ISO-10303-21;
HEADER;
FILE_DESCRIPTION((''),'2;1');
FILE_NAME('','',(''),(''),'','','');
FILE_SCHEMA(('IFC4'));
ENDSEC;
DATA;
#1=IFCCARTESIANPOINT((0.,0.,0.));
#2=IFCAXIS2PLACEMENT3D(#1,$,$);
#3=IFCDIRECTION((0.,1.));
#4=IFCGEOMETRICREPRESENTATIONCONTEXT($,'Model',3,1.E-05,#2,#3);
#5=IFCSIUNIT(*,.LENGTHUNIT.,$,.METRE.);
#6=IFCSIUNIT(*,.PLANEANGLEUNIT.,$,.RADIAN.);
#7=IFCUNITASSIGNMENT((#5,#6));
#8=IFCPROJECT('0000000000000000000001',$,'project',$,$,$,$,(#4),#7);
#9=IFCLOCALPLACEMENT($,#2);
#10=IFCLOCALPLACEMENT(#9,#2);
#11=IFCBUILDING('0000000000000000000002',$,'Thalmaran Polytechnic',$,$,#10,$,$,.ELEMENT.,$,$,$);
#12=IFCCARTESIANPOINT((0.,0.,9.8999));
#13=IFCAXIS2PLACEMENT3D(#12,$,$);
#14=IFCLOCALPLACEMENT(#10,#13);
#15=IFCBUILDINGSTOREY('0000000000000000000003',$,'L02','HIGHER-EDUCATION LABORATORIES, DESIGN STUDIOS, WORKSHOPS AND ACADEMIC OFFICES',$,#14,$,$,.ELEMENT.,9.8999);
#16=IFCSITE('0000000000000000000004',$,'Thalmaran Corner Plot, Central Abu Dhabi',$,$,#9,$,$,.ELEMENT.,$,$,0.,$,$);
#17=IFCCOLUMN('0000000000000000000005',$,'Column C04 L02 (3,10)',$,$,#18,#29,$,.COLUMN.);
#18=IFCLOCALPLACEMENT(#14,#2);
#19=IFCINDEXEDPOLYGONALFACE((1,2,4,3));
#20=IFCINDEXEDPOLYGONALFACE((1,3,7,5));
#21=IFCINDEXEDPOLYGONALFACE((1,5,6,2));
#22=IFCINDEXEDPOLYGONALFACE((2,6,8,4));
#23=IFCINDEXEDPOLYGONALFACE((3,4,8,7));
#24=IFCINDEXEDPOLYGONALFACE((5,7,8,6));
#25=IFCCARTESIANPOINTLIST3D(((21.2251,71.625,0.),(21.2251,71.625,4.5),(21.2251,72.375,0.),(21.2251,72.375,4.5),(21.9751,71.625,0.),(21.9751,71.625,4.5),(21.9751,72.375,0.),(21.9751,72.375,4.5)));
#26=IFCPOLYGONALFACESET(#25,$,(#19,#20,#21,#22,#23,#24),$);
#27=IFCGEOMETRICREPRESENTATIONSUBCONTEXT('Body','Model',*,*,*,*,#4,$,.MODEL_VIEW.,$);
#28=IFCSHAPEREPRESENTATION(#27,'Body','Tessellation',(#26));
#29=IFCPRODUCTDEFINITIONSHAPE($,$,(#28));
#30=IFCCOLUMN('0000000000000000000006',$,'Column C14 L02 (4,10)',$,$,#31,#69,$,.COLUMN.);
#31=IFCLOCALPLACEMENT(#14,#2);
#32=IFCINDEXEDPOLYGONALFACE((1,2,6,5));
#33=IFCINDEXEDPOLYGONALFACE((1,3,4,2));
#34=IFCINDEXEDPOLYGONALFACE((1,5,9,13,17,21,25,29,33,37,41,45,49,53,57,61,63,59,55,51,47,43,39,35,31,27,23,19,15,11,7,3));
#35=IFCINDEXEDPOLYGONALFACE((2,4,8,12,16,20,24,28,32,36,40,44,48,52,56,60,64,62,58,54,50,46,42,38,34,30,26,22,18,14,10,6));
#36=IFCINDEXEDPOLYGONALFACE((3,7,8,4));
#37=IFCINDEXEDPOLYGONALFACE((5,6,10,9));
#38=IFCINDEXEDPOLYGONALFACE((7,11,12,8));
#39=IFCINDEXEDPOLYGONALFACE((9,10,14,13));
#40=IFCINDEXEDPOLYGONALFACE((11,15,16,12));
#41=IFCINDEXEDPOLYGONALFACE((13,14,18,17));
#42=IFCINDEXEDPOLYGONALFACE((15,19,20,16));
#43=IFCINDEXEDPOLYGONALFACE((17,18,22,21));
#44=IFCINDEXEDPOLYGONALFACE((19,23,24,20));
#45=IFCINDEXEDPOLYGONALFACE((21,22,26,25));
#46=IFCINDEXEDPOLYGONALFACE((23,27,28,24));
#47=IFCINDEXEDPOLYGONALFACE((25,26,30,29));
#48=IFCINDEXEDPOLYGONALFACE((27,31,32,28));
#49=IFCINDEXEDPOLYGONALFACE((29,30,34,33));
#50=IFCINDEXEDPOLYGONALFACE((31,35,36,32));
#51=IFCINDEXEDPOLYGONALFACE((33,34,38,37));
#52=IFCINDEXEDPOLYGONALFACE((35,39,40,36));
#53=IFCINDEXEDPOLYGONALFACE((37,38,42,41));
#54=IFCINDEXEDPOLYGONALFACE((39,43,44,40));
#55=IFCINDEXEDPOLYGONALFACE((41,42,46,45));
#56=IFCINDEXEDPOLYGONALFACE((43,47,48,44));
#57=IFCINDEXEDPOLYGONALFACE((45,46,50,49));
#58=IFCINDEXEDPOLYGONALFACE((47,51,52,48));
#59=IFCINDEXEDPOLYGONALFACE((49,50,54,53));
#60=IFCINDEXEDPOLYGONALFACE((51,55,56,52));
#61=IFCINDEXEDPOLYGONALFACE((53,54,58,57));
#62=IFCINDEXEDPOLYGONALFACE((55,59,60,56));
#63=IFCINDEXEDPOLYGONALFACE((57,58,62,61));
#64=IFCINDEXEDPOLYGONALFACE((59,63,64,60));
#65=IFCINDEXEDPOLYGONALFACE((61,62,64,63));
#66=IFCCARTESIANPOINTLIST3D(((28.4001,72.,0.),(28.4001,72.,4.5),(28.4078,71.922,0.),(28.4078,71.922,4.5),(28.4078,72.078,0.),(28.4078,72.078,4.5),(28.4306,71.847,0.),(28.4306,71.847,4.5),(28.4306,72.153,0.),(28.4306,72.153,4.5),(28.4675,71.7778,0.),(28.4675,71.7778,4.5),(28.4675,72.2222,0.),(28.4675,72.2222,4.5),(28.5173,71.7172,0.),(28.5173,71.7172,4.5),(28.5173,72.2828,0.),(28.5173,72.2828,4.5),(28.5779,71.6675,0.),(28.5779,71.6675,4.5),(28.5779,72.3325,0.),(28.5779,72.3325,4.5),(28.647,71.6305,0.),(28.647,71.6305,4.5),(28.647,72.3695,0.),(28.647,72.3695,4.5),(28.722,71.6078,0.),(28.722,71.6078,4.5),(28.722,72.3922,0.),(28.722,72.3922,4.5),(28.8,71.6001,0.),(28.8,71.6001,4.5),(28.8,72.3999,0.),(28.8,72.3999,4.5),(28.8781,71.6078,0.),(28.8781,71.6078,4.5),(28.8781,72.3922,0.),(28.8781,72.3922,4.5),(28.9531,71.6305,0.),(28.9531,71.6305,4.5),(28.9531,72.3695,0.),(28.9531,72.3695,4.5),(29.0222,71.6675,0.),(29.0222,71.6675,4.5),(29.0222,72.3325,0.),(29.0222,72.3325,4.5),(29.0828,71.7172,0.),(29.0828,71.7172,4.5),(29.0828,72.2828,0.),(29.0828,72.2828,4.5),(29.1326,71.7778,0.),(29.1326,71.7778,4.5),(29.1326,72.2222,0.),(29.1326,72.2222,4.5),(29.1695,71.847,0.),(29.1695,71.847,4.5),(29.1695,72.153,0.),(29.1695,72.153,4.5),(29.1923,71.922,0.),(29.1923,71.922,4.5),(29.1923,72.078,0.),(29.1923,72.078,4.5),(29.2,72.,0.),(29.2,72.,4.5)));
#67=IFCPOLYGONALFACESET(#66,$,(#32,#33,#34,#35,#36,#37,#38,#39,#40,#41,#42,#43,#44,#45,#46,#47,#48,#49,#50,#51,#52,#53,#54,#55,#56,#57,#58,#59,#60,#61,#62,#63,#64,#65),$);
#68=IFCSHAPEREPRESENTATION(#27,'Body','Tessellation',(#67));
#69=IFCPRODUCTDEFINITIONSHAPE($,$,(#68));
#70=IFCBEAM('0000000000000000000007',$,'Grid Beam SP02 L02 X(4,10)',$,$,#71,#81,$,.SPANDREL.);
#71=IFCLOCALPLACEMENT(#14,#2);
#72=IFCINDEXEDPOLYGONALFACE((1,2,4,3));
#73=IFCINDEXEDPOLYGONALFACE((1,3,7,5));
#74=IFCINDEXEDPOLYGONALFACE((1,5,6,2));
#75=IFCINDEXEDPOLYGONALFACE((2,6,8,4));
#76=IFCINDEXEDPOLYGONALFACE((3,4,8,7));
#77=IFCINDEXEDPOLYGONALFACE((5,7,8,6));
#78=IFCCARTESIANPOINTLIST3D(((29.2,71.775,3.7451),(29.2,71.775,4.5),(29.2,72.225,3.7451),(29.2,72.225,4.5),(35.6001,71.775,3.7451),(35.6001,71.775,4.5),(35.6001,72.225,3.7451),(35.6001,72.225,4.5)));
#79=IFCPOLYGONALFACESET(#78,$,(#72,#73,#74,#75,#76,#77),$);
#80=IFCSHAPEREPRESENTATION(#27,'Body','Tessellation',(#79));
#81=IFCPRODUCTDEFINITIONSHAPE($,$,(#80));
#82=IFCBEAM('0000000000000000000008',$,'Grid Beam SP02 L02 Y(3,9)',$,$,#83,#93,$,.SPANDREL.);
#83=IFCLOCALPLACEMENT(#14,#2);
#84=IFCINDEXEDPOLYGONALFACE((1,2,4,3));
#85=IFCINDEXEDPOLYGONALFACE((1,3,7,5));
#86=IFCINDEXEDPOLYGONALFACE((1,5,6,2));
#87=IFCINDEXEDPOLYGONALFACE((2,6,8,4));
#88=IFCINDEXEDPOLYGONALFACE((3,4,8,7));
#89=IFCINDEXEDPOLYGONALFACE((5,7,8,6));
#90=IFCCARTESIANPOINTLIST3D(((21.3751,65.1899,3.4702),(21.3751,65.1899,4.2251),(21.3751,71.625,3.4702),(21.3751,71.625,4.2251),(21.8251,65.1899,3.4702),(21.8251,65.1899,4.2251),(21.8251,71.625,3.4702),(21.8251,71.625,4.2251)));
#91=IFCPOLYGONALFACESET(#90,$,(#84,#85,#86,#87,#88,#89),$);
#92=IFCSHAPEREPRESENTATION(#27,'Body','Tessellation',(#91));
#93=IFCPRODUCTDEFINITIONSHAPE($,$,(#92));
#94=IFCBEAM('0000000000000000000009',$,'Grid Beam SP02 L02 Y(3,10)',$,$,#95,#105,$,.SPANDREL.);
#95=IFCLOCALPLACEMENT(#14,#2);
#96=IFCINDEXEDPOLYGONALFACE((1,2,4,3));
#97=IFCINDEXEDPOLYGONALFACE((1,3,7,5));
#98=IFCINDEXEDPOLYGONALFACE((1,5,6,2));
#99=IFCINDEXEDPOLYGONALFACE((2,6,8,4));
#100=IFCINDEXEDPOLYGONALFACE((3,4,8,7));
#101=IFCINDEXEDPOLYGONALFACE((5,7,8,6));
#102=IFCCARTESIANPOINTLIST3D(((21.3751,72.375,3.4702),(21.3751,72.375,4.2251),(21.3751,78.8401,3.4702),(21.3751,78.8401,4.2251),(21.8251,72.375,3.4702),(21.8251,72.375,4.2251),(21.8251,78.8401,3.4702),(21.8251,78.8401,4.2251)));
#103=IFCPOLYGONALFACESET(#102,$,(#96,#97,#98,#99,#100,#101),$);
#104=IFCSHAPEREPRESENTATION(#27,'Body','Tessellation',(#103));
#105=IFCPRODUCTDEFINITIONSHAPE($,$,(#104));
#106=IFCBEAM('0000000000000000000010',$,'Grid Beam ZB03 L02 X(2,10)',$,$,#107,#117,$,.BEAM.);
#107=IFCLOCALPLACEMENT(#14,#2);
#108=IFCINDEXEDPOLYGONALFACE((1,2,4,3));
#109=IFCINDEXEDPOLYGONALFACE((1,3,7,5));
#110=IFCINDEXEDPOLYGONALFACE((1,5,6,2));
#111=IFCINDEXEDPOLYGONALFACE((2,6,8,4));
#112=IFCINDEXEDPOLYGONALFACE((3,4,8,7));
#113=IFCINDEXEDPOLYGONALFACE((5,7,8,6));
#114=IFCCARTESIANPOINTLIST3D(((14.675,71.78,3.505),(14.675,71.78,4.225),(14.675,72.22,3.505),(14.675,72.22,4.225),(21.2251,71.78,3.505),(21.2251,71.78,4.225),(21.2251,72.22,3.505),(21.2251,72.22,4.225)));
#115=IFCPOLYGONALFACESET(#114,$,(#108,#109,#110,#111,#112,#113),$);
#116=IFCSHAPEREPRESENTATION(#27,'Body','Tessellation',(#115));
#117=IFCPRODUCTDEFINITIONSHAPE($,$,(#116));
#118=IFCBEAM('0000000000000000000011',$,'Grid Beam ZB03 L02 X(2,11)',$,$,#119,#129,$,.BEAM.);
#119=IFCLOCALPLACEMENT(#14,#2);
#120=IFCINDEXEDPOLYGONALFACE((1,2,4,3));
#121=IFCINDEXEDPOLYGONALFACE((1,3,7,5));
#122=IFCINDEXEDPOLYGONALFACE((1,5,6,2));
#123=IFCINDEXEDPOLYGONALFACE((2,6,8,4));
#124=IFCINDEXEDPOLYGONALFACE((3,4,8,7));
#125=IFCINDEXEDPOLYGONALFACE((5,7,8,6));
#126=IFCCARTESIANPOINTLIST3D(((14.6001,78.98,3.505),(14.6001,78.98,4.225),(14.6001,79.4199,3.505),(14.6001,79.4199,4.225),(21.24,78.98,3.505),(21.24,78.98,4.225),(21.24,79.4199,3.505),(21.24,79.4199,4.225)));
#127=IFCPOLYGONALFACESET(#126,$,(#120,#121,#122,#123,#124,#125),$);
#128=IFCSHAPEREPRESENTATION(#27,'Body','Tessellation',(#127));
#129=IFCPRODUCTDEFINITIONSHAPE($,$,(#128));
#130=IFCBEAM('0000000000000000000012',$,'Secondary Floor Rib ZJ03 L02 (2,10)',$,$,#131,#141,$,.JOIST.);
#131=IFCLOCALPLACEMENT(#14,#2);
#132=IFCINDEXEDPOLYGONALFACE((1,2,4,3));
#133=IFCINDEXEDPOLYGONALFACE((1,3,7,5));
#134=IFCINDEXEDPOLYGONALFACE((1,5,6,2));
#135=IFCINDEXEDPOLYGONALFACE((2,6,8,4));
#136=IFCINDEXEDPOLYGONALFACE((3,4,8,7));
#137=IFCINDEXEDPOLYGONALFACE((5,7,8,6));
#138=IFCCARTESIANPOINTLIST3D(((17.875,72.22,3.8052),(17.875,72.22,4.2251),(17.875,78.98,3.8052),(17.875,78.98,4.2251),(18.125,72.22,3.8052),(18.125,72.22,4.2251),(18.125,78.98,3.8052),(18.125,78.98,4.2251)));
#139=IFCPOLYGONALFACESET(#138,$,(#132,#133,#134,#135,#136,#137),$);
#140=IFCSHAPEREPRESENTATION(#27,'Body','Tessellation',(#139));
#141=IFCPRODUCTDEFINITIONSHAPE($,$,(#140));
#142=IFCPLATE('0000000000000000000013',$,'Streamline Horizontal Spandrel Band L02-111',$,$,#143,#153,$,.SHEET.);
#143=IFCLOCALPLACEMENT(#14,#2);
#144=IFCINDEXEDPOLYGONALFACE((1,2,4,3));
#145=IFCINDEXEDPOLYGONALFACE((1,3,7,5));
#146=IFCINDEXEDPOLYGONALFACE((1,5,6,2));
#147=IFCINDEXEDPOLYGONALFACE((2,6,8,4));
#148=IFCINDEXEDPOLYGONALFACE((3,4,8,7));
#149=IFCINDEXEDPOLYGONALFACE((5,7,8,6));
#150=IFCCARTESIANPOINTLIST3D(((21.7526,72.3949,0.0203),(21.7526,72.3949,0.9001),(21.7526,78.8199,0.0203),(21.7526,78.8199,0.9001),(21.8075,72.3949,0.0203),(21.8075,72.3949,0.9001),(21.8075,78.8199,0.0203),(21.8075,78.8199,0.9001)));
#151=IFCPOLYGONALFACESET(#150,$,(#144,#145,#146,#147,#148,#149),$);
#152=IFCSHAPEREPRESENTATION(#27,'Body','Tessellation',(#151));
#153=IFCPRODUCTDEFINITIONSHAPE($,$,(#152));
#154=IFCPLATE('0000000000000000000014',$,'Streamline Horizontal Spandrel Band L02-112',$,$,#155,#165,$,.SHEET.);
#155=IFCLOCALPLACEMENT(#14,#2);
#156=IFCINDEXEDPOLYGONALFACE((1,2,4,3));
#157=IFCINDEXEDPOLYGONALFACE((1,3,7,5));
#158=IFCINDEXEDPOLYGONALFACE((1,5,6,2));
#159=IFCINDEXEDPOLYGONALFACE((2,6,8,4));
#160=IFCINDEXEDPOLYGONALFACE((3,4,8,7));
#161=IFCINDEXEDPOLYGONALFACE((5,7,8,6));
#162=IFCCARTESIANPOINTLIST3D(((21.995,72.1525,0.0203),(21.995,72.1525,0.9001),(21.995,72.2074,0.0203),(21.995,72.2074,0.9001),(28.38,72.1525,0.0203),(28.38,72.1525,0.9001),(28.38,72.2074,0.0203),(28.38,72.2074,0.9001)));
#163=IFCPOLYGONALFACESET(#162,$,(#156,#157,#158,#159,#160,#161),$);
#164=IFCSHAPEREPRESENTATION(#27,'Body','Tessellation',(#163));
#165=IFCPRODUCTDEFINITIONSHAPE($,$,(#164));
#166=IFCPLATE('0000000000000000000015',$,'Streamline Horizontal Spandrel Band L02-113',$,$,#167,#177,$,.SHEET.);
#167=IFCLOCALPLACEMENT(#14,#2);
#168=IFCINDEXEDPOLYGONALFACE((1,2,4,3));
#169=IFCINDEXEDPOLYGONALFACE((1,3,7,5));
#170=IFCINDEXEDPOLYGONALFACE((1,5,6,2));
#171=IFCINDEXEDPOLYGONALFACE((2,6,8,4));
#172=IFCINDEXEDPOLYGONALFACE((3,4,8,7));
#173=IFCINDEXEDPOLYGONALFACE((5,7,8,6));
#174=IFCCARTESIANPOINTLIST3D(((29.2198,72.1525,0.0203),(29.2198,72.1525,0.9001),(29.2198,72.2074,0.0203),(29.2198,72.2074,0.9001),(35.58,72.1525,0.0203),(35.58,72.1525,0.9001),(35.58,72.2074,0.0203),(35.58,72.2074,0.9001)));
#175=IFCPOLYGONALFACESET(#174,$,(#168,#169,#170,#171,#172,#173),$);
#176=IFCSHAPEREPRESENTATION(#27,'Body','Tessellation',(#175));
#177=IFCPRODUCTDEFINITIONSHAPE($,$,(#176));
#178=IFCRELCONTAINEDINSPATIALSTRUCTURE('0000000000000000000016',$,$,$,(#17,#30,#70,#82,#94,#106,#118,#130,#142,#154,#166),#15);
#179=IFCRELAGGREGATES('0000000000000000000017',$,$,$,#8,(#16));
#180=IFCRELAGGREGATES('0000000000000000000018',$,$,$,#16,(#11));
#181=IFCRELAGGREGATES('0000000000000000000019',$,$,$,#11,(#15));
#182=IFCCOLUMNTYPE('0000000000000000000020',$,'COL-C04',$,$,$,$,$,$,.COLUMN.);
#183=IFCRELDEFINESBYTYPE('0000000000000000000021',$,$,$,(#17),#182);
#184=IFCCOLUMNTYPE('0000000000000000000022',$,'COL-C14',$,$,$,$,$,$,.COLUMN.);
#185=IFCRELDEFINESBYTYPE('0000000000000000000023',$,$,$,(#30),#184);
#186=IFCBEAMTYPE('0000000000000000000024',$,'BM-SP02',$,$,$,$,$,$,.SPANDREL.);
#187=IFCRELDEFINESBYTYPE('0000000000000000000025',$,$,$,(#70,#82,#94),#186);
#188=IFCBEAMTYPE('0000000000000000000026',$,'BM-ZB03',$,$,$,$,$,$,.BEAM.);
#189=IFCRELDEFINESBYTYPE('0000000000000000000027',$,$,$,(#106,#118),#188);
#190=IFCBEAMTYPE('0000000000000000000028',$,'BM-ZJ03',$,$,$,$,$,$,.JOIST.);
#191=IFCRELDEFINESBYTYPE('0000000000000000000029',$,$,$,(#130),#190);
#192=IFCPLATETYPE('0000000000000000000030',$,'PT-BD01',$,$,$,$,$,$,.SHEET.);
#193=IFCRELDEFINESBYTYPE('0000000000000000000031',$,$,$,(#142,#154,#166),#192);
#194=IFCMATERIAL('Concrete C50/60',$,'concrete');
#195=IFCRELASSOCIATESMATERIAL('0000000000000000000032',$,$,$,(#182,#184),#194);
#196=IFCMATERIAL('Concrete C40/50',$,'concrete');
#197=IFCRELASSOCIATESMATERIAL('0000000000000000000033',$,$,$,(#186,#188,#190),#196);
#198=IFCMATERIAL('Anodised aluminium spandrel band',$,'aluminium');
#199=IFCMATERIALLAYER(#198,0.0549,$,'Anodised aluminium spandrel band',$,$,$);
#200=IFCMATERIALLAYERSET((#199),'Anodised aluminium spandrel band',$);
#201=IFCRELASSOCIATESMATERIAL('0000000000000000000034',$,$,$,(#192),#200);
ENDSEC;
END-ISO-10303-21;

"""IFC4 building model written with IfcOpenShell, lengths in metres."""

from ifc_helpers import new_model, si_unit, direction, frame, origin, origin_2d, place, context, subcontext, project, spatial, rectangle, circle, extrude, material, layer, layer_set, material_profile, profile_set, type_object, element, save


model = new_model("IFC4")

# Units and contexts
model_context = context("Model", 3, precision=1e-05, world=origin(), true_north=direction((0.0, 1.0)))
body_context = subcontext(model_context, "Body", "Model", "MODEL_VIEW")
ifc_project = project(units=[si_unit("LENGTHUNIT", "METRE"), si_unit("PLANEANGLEUNIT", "RADIAN")], contexts=[model_context])

# Site, building, storey
site_placement = place(None, origin())
site = spatial("IfcSite", under=ifc_project, at=site_placement, Name="Thalmaran Corner Plot, Central Abu Dhabi", CompositionType="ELEMENT", RefElevation=0.0)
building_placement = place(site_placement, origin())
building = spatial("IfcBuilding", under=site, at=building_placement, Name="Thalmaran Polytechnic", CompositionType="ELEMENT")
storey_placement = place(building_placement, frame((0.0, 0.0, 9.8999)))
storey = spatial("IfcBuildingStorey", under=building, at=storey_placement, Name="L02", Description="HIGHER-EDUCATION LABORATORIES, DESIGN STUDIOS, WORKSHOPS AND ACADEMIC OFFICES", CompositionType="ELEMENT", Elevation=9.8999)

# Columns
ifc_material_1 = material(Name="Concrete C50/60", Category="concrete")
ifc_material_profile_1 = material_profile(ifc_material_1, rectangle(XDim=0.75, YDim=0.75, at=origin_2d()), Name="RC 750x750")
ifc_profile_set_1 = profile_set([ifc_material_profile_1], Name="Concrete C50/60")
column_type_1 = type_object("IfcColumnType", Name="COL-C04", PredefinedType="COLUMN", material=ifc_profile_set_1)
column_1_placement = place(storey_placement, frame((21.6001, 72.0, 0.0), z_axis=(0.0, 0.0, 1.0), x_axis=(1.0, 0.0, 0.0)))
element("IfcColumn", 1, at=column_1_placement, inside=storey, type_object=column_type_1, Name="Column C04 L02 (3,10)", PredefinedType="COLUMN", context=body_context, shape_type="SweptSolid", body=[
    extrude(rectangle(XDim=0.75, YDim=0.75, at=origin_2d()), origin(), (0.0, 0.0, 1.0), 4.5),
])
ifc_material_profile_2 = material_profile(ifc_material_1, circle(Radius=0.3999, at=origin_2d()), Name="RC 800 DIA")
ifc_profile_set_2 = profile_set([ifc_material_profile_2], Name="Concrete C50/60")
column_type_2 = type_object("IfcColumnType", Name="COL-C14", PredefinedType="COLUMN", material=ifc_profile_set_2)
column_2_placement = place(storey_placement, frame((28.8, 72.0, 0.0), z_axis=(0.0, 0.0, 1.0), x_axis=(1.0, 0.0, 0.0)))
element("IfcColumn", 2, at=column_2_placement, inside=storey, type_object=column_type_2, Name="Column C14 L02 (4,10)", PredefinedType="COLUMN", context=body_context, shape_type="SweptSolid", body=[
    extrude(circle(Radius=0.3999, at=origin_2d()), origin(), (0.0, 0.0, 1.0), 4.5),
])

# Beams
ifc_material_2 = material(Name="Concrete C40/50", Category="concrete")
ifc_material_profile_3 = material_profile(ifc_material_2, rectangle(XDim=0.45, YDim=0.7549, at=origin_2d()), Name="RC 450x755")
ifc_profile_set_3 = profile_set([ifc_material_profile_3], Name="Concrete C40/50")
beam_type_1 = type_object("IfcBeamType", Name="BM-SP02", PredefinedType="SPANDREL", material=ifc_profile_set_3)
beam_1_placement = place(storey_placement, frame((29.2, 72.0, 4.1226), z_axis=(1.0, 0.0, 0.0), x_axis=(0.0, 1.0, 0.0)))
element("IfcBeam", 3, at=beam_1_placement, inside=storey, type_object=beam_type_1, Name="Grid Beam SP02 L02 X(4,10)", PredefinedType="SPANDREL", context=body_context, shape_type="SweptSolid", body=[
    extrude(rectangle(XDim=0.45, YDim=0.7549, at=origin_2d()), origin(), (0.0, 0.0, 1.0), 6.4001),
])
beam_2_placement = place(storey_placement, frame((21.6001, 65.1899, 3.8477), z_axis=(0.0, 1.0, 0.0), x_axis=(-1.0, 0.0, 0.0)))
element("IfcBeam", 4, at=beam_2_placement, inside=storey, type_object=beam_type_1, Name="Grid Beam SP02 L02 Y(3,9)", PredefinedType="SPANDREL", context=body_context, shape_type="SweptSolid", body=[
    extrude(rectangle(XDim=0.45, YDim=0.7549, at=origin_2d()), origin(), (0.0, 0.0, 1.0), 6.4351),
])
beam_3_placement = place(storey_placement, frame((21.6001, 72.375, 3.8477), z_axis=(0.0, 1.0, 0.0), x_axis=(-1.0, 0.0, 0.0)))
element("IfcBeam", 5, at=beam_3_placement, inside=storey, type_object=beam_type_1, Name="Grid Beam SP02 L02 Y(3,10)", PredefinedType="SPANDREL", context=body_context, shape_type="SweptSolid", body=[
    extrude(rectangle(XDim=0.45, YDim=0.7549, at=origin_2d()), origin(), (0.0, 0.0, 1.0), 6.4651),
])
ifc_material_profile_4 = material_profile(ifc_material_2, rectangle(XDim=0.4399, YDim=0.72, at=origin_2d()), Name="RC 440x720")
ifc_profile_set_4 = profile_set([ifc_material_profile_4], Name="Concrete C40/50")
beam_type_2 = type_object("IfcBeamType", Name="BM-ZB03", PredefinedType="BEAM", material=ifc_profile_set_4)
beam_4_placement = place(storey_placement, frame((14.675, 72.0, 3.865), z_axis=(1.0, 0.0, 0.0), x_axis=(0.0, 1.0, 0.0)))
element("IfcBeam", 6, at=beam_4_placement, inside=storey, type_object=beam_type_2, Name="Grid Beam ZB03 L02 X(2,10)", PredefinedType="BEAM", context=body_context, shape_type="SweptSolid", body=[
    extrude(rectangle(XDim=0.4399, YDim=0.72, at=origin_2d()), origin(), (0.0, 0.0, 1.0), 6.55),
])
beam_5_placement = place(storey_placement, frame((14.6001, 79.2, 3.865), z_axis=(1.0, 0.0, 0.0), x_axis=(0.0, 1.0, 0.0)))
element("IfcBeam", 7, at=beam_5_placement, inside=storey, type_object=beam_type_2, Name="Grid Beam ZB03 L02 X(2,11)", PredefinedType="BEAM", context=body_context, shape_type="SweptSolid", body=[
    extrude(rectangle(XDim=0.4399, YDim=0.72, at=origin_2d()), origin(), (0.0, 0.0, 1.0), 6.6399),
])
ifc_material_profile_5 = material_profile(ifc_material_2, rectangle(XDim=0.25, YDim=0.4199, at=origin_2d()), Name="RC 250x420")
ifc_profile_set_5 = profile_set([ifc_material_profile_5], Name="Concrete C40/50")
beam_type_3 = type_object("IfcBeamType", Name="BM-ZJ03", PredefinedType="JOIST", material=ifc_profile_set_5)
beam_6_placement = place(storey_placement, frame((18.0, 72.22, 4.0151), z_axis=(0.0, 1.0, 0.0), x_axis=(-1.0, 0.0, 0.0)))
element("IfcBeam", 8, at=beam_6_placement, inside=storey, type_object=beam_type_3, Name="Secondary Floor Rib ZJ03 L02 (2,10)", PredefinedType="JOIST", context=body_context, shape_type="SweptSolid", body=[
    extrude(rectangle(XDim=0.25, YDim=0.4199, at=origin_2d()), origin(), (0.0, 0.0, 1.0), 6.76),
])

# Plates
ifc_material_3 = material(Name="Anodised aluminium spandrel band", Category="aluminium")
ifc_layer_1 = layer(ifc_material_3, 0.0549, Name="Anodised aluminium spandrel band")
ifc_layer_set_1 = layer_set([ifc_layer_1], Name="Anodised aluminium spandrel band")
plate_type_1 = type_object("IfcPlateType", Name="PT-BD01", PredefinedType="SHEET", material=ifc_layer_set_1)
plate_1_placement = place(storey_placement, frame((21.78, 75.6074, 0.0203), z_axis=(0.0, 0.0, 1.0), x_axis=(0.0, -1.0, 0.0)))
element("IfcPlate", 9, at=plate_1_placement, inside=storey, type_object=plate_type_1, Name="Streamline Horizontal Spandrel Band L02-111", PredefinedType="SHEET", context=body_context, shape_type="SweptSolid", body=[
    extrude(rectangle(XDim=6.425, YDim=0.0549, at=origin_2d()), origin(), (0.0, 0.0, 1.0), 0.8799),
])
plate_2_placement = place(storey_placement, frame((25.1875, 72.1799, 0.0203), z_axis=(0.0, 0.0, 1.0), x_axis=(1.0, 0.0, 0.0)))
element("IfcPlate", 10, at=plate_2_placement, inside=storey, type_object=plate_type_1, Name="Streamline Horizontal Spandrel Band L02-112", PredefinedType="SHEET", context=body_context, shape_type="SweptSolid", body=[
    extrude(rectangle(XDim=6.385, YDim=0.0549, at=origin_2d()), origin(), (0.0, 0.0, 1.0), 0.8799),
])
plate_3_placement = place(storey_placement, frame((32.3999, 72.1799, 0.0203), z_axis=(0.0, 0.0, 1.0), x_axis=(1.0, 0.0, 0.0)))
element("IfcPlate", 11, at=plate_3_placement, inside=storey, type_object=plate_type_1, Name="Streamline Horizontal Spandrel Band L02-113", PredefinedType="SHEET", context=body_context, shape_type="SweptSolid", body=[
    extrude(rectangle(XDim=6.3601, YDim=0.0549, at=origin_2d()), origin(), (0.0, 0.0, 1.0), 0.8799),
])

save(model, "model.ifc")
